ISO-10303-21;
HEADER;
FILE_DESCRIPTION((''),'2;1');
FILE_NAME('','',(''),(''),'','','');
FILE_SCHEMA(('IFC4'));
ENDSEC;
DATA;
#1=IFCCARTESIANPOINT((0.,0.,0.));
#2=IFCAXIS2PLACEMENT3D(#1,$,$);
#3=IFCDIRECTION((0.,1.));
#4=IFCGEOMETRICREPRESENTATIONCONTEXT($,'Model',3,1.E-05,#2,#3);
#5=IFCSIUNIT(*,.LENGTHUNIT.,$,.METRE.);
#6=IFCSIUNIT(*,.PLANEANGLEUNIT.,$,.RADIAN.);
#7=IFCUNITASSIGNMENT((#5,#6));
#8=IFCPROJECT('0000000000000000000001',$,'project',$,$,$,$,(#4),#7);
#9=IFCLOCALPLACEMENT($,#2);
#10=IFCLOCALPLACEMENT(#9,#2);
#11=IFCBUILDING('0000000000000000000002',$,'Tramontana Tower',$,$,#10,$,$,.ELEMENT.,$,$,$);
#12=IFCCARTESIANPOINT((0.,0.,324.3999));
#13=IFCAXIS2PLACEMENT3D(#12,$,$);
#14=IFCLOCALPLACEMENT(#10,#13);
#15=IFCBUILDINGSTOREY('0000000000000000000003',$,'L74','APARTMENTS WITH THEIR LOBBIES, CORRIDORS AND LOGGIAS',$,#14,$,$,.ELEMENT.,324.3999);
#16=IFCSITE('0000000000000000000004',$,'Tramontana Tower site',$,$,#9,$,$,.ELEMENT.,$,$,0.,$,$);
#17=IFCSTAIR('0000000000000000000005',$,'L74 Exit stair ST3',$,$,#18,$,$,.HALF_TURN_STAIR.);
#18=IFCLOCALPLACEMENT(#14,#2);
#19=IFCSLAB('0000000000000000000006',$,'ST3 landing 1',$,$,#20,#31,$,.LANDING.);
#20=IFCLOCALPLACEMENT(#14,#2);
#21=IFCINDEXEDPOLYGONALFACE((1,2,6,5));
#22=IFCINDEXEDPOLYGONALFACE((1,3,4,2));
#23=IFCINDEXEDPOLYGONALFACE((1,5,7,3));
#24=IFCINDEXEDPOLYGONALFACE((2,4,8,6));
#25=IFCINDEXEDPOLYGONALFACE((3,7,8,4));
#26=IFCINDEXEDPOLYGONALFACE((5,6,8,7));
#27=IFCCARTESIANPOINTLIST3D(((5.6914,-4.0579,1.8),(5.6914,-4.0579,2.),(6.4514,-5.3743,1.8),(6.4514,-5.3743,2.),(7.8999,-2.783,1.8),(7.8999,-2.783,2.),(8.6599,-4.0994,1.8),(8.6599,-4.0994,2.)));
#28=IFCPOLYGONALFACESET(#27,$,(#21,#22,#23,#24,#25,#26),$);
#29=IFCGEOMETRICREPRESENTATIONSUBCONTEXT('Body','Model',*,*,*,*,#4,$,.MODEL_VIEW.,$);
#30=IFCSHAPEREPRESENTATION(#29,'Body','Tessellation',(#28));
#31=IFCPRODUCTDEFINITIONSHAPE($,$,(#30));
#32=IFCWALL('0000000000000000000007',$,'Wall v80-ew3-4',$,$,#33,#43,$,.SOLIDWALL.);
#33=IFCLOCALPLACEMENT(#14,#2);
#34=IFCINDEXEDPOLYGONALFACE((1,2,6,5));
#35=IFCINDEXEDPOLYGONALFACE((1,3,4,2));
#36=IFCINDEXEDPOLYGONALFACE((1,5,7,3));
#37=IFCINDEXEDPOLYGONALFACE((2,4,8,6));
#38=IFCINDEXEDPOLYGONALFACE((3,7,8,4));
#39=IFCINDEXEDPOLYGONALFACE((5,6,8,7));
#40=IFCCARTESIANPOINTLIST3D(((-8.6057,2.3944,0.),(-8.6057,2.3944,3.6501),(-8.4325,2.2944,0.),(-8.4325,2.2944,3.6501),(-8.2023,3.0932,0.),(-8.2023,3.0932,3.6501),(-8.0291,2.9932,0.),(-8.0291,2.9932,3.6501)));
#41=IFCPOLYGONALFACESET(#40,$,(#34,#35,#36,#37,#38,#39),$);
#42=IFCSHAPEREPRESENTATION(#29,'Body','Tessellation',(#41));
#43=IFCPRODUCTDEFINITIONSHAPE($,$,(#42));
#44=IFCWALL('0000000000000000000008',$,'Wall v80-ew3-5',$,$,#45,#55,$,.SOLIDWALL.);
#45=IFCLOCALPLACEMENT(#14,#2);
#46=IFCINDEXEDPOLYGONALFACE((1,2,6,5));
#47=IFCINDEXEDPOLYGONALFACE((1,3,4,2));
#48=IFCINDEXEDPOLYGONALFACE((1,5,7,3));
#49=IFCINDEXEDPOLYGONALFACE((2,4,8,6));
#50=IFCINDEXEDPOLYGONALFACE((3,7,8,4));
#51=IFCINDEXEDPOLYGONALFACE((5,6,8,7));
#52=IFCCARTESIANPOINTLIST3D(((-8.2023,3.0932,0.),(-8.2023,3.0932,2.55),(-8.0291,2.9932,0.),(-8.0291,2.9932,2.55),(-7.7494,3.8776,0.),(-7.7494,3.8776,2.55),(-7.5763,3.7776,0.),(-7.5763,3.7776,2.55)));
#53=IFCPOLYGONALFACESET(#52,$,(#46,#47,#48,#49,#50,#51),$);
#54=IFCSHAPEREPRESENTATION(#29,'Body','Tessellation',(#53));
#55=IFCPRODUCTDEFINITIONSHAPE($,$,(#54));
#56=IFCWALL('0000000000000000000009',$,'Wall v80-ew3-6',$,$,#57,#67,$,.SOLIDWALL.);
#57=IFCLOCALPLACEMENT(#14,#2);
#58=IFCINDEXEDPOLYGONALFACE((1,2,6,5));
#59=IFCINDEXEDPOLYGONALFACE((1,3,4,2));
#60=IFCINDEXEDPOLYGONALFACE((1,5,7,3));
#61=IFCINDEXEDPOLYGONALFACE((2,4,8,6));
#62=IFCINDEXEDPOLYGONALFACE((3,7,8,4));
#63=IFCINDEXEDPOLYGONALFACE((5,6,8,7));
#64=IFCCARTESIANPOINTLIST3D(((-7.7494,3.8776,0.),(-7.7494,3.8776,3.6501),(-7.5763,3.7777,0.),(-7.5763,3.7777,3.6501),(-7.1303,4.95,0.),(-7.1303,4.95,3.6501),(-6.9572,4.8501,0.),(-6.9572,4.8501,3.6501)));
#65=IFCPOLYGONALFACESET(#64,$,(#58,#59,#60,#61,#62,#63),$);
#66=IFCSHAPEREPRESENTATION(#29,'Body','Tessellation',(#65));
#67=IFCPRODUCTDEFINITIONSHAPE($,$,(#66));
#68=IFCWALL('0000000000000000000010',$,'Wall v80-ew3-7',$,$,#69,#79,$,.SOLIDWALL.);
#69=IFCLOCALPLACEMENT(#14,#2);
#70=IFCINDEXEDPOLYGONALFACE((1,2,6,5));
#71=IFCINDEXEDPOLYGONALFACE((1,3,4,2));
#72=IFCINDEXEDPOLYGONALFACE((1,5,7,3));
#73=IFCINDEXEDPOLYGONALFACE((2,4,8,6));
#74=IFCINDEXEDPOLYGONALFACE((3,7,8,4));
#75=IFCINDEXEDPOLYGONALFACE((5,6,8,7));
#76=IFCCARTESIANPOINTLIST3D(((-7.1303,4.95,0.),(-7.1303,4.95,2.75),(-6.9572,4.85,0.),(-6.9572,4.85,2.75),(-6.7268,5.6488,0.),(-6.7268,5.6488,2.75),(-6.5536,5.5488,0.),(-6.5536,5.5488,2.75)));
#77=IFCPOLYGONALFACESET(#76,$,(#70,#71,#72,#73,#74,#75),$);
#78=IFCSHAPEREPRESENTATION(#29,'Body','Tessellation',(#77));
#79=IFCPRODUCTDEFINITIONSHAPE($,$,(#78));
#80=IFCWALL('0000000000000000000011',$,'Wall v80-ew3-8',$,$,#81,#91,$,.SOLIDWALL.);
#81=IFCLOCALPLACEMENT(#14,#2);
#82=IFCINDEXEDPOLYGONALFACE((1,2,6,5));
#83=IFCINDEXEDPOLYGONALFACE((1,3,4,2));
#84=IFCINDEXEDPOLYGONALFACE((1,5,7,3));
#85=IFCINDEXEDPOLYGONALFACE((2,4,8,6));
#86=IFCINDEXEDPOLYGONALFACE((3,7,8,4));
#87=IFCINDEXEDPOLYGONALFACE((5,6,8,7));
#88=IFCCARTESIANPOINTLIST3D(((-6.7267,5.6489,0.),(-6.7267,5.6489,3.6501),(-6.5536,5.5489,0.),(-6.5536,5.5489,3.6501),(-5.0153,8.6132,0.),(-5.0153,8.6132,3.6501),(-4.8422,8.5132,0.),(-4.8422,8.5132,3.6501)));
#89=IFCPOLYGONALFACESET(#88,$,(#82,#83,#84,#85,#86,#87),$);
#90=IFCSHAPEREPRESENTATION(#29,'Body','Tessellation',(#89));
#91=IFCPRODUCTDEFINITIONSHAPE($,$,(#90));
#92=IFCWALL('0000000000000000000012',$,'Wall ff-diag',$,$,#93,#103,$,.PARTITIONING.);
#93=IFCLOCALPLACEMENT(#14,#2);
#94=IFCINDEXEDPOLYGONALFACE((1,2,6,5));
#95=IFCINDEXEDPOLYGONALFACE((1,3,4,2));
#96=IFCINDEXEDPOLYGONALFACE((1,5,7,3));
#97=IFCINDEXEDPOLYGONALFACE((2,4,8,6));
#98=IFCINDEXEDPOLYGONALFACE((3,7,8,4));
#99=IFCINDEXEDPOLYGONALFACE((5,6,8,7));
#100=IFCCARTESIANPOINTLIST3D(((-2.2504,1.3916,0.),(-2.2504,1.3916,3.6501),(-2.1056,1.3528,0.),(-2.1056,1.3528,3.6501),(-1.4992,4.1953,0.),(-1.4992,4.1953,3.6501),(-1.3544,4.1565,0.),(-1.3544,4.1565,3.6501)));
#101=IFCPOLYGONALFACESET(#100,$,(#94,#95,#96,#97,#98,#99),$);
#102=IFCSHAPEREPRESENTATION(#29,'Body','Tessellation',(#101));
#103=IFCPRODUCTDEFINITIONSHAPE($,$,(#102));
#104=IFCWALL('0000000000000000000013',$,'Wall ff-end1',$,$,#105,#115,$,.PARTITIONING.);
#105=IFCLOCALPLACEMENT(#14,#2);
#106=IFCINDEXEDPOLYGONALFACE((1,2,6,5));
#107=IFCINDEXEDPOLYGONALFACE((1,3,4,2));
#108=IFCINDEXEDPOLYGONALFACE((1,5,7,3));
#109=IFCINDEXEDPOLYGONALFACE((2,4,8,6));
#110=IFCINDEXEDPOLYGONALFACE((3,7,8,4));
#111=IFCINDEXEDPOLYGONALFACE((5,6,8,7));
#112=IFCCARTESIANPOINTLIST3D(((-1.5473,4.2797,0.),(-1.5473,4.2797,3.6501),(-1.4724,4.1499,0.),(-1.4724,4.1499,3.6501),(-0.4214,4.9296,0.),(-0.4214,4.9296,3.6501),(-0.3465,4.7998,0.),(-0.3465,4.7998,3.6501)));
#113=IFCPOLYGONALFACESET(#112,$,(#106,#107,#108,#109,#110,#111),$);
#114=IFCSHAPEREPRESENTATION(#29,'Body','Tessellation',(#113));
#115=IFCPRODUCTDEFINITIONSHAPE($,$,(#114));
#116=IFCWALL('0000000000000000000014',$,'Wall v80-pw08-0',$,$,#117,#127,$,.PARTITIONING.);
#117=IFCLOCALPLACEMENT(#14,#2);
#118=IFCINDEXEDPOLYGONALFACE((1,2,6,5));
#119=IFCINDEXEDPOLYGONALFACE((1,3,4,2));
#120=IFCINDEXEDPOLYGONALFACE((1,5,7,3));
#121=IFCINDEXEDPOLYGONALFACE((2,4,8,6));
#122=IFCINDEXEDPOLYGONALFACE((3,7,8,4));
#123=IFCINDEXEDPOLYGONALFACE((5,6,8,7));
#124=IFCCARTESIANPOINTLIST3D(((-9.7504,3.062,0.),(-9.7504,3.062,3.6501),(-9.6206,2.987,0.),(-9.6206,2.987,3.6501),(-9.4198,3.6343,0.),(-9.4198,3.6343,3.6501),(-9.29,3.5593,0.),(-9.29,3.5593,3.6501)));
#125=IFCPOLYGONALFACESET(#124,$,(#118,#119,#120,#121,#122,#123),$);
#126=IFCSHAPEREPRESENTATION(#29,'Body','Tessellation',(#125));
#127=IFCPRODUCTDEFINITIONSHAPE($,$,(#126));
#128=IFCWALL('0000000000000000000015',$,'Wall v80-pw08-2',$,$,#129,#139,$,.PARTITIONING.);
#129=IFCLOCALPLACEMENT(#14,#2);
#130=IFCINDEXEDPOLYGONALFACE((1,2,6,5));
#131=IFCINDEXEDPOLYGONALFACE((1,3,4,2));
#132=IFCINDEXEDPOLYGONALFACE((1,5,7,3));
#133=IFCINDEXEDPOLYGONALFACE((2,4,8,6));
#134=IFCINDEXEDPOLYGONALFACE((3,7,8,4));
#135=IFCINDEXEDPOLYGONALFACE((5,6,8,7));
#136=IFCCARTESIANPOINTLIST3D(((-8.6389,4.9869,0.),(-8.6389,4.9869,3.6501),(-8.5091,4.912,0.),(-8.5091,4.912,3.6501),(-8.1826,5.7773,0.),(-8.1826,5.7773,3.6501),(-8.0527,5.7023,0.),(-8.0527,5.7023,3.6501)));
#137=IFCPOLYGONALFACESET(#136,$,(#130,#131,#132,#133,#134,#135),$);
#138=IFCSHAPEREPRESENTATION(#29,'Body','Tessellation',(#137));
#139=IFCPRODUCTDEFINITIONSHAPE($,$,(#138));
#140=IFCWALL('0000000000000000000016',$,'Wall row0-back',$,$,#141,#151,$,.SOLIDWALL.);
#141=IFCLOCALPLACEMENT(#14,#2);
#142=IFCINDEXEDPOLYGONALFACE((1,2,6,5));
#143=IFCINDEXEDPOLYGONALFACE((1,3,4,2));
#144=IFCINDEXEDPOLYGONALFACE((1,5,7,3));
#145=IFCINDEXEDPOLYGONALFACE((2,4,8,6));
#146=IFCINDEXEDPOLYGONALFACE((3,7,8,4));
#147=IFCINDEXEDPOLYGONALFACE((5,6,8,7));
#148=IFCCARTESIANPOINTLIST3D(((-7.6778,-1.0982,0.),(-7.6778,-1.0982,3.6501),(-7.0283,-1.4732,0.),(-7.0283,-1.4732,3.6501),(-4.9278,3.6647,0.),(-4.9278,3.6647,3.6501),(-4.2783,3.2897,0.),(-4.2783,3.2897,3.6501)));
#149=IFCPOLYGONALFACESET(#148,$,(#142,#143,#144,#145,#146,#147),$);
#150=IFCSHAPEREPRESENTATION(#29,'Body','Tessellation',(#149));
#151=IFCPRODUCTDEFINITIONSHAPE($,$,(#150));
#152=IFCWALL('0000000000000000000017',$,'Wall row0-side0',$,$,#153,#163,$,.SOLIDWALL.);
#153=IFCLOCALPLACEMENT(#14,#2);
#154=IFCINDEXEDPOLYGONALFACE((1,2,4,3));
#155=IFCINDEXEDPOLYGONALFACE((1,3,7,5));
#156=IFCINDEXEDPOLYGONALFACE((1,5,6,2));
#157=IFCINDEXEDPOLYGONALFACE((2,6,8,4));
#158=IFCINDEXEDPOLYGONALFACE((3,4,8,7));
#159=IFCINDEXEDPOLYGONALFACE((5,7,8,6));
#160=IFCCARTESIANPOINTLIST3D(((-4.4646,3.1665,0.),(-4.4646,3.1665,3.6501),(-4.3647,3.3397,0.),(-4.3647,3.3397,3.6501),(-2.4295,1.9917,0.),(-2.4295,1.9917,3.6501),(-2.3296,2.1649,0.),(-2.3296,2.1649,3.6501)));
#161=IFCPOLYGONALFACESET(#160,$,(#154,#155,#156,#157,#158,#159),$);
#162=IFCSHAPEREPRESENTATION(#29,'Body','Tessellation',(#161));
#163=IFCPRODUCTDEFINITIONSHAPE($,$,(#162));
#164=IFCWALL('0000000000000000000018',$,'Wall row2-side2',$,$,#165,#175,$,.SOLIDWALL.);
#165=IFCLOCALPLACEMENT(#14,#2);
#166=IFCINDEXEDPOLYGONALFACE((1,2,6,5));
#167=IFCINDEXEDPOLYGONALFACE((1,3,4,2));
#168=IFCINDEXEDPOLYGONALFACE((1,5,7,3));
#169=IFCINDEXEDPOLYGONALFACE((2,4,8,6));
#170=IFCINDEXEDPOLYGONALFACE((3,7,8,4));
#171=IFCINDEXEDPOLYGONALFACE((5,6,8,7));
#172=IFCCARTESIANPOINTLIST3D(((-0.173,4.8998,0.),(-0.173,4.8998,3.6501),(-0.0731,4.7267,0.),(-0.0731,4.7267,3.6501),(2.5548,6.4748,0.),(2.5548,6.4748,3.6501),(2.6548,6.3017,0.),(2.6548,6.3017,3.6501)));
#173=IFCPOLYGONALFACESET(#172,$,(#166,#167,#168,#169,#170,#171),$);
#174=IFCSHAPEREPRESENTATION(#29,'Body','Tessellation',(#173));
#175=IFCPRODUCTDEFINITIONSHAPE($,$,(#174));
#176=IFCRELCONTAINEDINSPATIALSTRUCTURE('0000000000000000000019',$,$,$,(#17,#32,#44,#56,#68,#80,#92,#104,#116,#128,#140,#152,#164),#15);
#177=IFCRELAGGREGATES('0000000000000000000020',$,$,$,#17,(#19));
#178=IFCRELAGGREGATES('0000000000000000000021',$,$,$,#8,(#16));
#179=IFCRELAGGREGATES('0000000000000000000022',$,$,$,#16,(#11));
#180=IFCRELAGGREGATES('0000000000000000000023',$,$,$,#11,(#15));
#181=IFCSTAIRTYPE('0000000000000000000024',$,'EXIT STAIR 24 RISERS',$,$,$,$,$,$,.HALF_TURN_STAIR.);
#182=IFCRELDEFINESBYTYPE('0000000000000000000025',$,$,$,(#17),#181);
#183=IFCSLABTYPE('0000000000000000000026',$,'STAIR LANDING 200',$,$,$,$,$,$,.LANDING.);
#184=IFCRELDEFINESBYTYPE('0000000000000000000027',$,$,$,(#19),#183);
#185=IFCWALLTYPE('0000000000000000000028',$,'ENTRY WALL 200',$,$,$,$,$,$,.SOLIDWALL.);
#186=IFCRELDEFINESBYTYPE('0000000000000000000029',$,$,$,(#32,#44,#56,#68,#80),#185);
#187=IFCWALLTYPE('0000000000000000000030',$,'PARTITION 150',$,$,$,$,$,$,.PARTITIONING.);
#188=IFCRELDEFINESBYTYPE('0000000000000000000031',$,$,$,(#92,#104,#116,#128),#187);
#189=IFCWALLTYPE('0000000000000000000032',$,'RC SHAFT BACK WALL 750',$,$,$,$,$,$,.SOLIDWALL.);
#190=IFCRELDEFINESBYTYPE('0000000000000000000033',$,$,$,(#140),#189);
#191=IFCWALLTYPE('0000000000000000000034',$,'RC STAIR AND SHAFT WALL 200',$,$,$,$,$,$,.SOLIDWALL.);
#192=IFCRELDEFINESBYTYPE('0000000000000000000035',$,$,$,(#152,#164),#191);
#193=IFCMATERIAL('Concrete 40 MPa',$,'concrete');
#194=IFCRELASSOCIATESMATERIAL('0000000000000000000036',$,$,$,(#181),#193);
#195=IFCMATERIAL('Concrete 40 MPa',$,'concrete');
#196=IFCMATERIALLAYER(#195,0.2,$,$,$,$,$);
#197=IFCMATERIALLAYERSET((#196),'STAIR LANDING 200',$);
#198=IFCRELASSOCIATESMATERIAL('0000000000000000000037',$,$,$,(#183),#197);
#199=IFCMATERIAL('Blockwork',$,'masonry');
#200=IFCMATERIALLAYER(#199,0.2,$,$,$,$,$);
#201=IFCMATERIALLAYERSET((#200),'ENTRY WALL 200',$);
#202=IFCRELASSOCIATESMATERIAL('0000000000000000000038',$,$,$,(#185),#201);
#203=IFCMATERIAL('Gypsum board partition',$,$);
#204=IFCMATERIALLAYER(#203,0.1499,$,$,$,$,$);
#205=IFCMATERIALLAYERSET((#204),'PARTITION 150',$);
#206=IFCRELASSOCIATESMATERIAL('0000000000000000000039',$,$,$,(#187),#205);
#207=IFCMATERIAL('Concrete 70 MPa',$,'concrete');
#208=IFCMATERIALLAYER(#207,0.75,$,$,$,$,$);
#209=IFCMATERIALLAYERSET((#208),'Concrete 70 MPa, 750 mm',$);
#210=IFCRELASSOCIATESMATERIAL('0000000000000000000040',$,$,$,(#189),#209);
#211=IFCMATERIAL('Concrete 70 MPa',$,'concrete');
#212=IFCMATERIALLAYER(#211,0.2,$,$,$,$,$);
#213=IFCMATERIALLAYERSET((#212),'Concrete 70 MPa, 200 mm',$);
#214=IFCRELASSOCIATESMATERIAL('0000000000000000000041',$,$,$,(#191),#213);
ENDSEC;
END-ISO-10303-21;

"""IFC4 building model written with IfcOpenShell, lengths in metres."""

from ifc_helpers import new_model, si_unit, direction, frame, frame_2d, origin, place, context, subcontext, project, spatial, polyline, rectangle, outline, extrude, material, layer, layer_set, type_object, element, aggregate, save


model = new_model("IFC4")

# Units and contexts
model_context = context("Model", 3, precision=1e-05, world=origin(), true_north=direction((0.0, 1.0)))
body_context = subcontext(model_context, "Body", "Model", "MODEL_VIEW")
ifc_project = project(units=[si_unit("LENGTHUNIT", "METRE"), si_unit("PLANEANGLEUNIT", "RADIAN")], contexts=[model_context])

# Site, building, storey
site_placement = place(None, origin())
site = spatial("IfcSite", under=ifc_project, at=site_placement, Name="Tramontana Tower site", CompositionType="ELEMENT", RefElevation=0.0)
building_placement = place(site_placement, origin())
building = spatial("IfcBuilding", under=site, at=building_placement, Name="Tramontana Tower", CompositionType="ELEMENT")
storey_placement = place(building_placement, frame((0.0, 0.0, 324.3999)))
storey = spatial("IfcBuildingStorey", under=building, at=storey_placement, Name="L74", Description="APARTMENTS WITH THEIR LOBBIES, CORRIDORS AND LOGGIAS", CompositionType="ELEMENT", Elevation=324.3999)

# Stair, slab
ifc_material_1 = material(Name="Concrete 40 MPa", Category="concrete")
stair_type = type_object("IfcStairType", Name="EXIT STAIR 24 RISERS", PredefinedType="HALF_TURN_STAIR", material=ifc_material_1)
stair_1_placement = place(storey_placement, origin())
stair_1 = element("IfcStair", 1, at=stair_1_placement, inside=storey, type_object=stair_type, Name="L74 Exit stair ST3", PredefinedType="HALF_TURN_STAIR")
ifc_material_2 = material(Name="Concrete 40 MPa", Category="concrete")
ifc_layer_1 = layer(ifc_material_2, 0.2)
ifc_layer_set_1 = layer_set([ifc_layer_1], Name="STAIR LANDING 200")
slab_type = type_object("IfcSlabType", Name="STAIR LANDING 200", PredefinedType="LANDING", material=ifc_layer_set_1)
slab_placement = place(storey_placement, frame((0.0, 0.0, 1.8)))
slab = element("IfcSlab", 2, at=slab_placement, type_object=slab_type, Name="ST3 landing 1", PredefinedType="LANDING", context=body_context, shape_type="SweptSolid", body=[
    extrude(outline(polyline([(5.6914, -4.0579), (6.4514, -5.3743), (8.6599, -4.0994), (7.8999, -2.783), (5.6914, -4.0579)])), origin(), (0.0, 0.0, 1.0), 0.2),
])
aggregate(stair_1, [slab])

# Shared definitions
ifc_material_3 = material(Name="Blockwork", Category="masonry")
ifc_layer_2 = layer(ifc_material_3, 0.2)
ifc_layer_set_2 = layer_set([ifc_layer_2], Name="ENTRY WALL 200")
wall_type_1 = type_object("IfcWallType", Name="ENTRY WALL 200", PredefinedType="SOLIDWALL", material=ifc_layer_set_2)

# Walls
wall_1_placement = place(storey_placement, frame((-8.519, 2.3445, 0.0), z_axis=(0.0, 0.0, 1.0), x_axis=(0.499915, 0.866075, 0.0)))
element("IfcWall", 3, at=wall_1_placement, inside=storey, type_object=wall_type_1, Name="Wall v80-ew3-4", PredefinedType="SOLIDWALL", context=body_context, shape_type="SweptSolid", body=[
    extrude(rectangle(XDim=0.8069, YDim=0.2, at=frame_2d((0.4033, 0.0))), origin(), (0.0, 0.0, 1.0), 3.6501),
])
wall_2_placement = place(storey_placement, frame((-8.1157, 3.0432, 0.0), z_axis=(0.0, 0.0, 1.0), x_axis=(0.499995, 0.866028, 0.0)))
element("IfcWall", 4, at=wall_2_placement, inside=storey, type_object=wall_type_1, Name="Wall v80-ew3-5", PredefinedType="SOLIDWALL", context=body_context, shape_type="SweptSolid", body=[
    extrude(rectangle(XDim=0.9058, YDim=0.2, at=frame_2d((0.4529, 0.0))), origin(), (0.0, 0.0, 1.0), 2.55),
])
wall_3_placement = place(storey_placement, frame((-7.6628, 3.8276, 0.0), z_axis=(0.0, 0.0, 1.0), x_axis=(0.499956, 0.866051, 0.0)))
element("IfcWall", 5, at=wall_3_placement, inside=storey, type_object=wall_type_1, Name="Wall v80-ew3-6", PredefinedType="SOLIDWALL", context=body_context, shape_type="SweptSolid", body=[
    extrude(rectangle(XDim=1.2383, YDim=0.2, at=frame_2d((0.6191, 0.0))), origin(), (0.0, 0.0, 1.0), 3.6501),
])
wall_4_placement = place(storey_placement, frame((-7.0437, 4.9001, 0.0), z_axis=(0.0, 0.0, 1.0), x_axis=(0.500141, 0.865944, 0.0)))
element("IfcWall", 6, at=wall_4_placement, inside=storey, type_object=wall_type_1, Name="Wall v80-ew3-7", PredefinedType="SOLIDWALL", context=body_context, shape_type="SweptSolid", body=[
    extrude(rectangle(XDim=0.8069, YDim=0.2, at=frame_2d((0.4033, 0.0))), origin(), (0.0, 0.0, 1.0), 2.75),
])
wall_5_placement = place(storey_placement, frame((-6.6401, 5.5989, 0.0), z_axis=(0.0, 0.0, 1.0), x_axis=(0.49999, 0.866031, 0.0)))
element("IfcWall", 7, at=wall_5_placement, inside=storey, type_object=wall_type_1, Name="Wall v80-ew3-8", PredefinedType="SOLIDWALL", context=body_context, shape_type="SweptSolid", body=[
    extrude(rectangle(XDim=3.4229, YDim=0.2, at=frame_2d((1.7114, 0.0))), origin(), (0.0, 0.0, 1.0), 3.6501),
])
ifc_material_4 = material(Name="Gypsum board partition")
ifc_layer_3 = layer(ifc_material_4, 0.1499)
ifc_layer_set_3 = layer_set([ifc_layer_3], Name="PARTITION 150")
wall_type_2 = type_object("IfcWallType", Name="PARTITION 150", PredefinedType="PARTITIONING", material=ifc_layer_set_3)
wall_6_placement = place(storey_placement, frame((-2.178, 1.3723, 0.0), z_axis=(0.0, 0.0, 1.0), x_axis=(0.258809, 0.965929, 0.0)))
element("IfcWall", 8, at=wall_6_placement, inside=storey, type_object=wall_type_2, Name="Wall ff-diag", PredefinedType="PARTITIONING", context=body_context, shape_type="SweptSolid", body=[
    extrude(rectangle(XDim=2.9026, YDim=0.1499, at=frame_2d((1.4512, 0.0))), origin(), (0.0, 0.0, 1.0), 3.6501),
])
wall_7_placement = place(storey_placement, frame((-1.5098, 4.2148, 0.0), z_axis=(0.0, 0.0, 1.0), x_axis=(0.866086, 0.499896, 0.0)))
element("IfcWall", 9, at=wall_7_placement, inside=storey, type_object=wall_type_2, Name="Wall ff-end1", PredefinedType="PARTITIONING", context=body_context, shape_type="SweptSolid", body=[
    extrude(rectangle(XDim=1.3, YDim=0.1499, at=frame_2d((0.6499, 0.0))), origin(), (0.0, 0.0, 1.0), 3.6501),
])
wall_8_placement = place(storey_placement, frame((-9.6855, 3.0244, 0.0), z_axis=(0.0, 0.0, 1.0), x_axis=(0.500191, 0.865915, 0.0)))
element("IfcWall", 10, at=wall_8_placement, inside=storey, type_object=wall_type_2, Name="Wall v80-pw08-0", PredefinedType="PARTITIONING", context=body_context, shape_type="SweptSolid", body=[
    extrude(rectangle(XDim=0.6609, YDim=0.1499, at=frame_2d((0.3306, 0.0))), origin(), (0.0, 0.0, 1.0), 3.6501),
])

# Walls
wall_9_placement = place(storey_placement, frame((-8.574, 4.9495, 0.0), z_axis=(0.0, 0.0, 1.0), x_axis=(0.500024, 0.866012, 0.0)))
element("IfcWall", 11, at=wall_9_placement, inside=storey, type_object=wall_type_2, Name="Wall v80-pw08-2", PredefinedType="PARTITIONING", context=body_context, shape_type="SweptSolid", body=[
    extrude(rectangle(XDim=0.9126, YDim=0.1499, at=frame_2d((0.4563, 0.0))), origin(), (0.0, 0.0, 1.0), 3.6501),
])
ifc_material_5 = material(Name="Concrete 70 MPa", Category="concrete")
ifc_layer_4 = layer(ifc_material_5, 0.75)
ifc_layer_set_4 = layer_set([ifc_layer_4], Name="Concrete 70 MPa, 750 mm")
wall_type_3 = type_object("IfcWallType", Name="RC SHAFT BACK WALL 750", PredefinedType="SOLIDWALL", material=ifc_layer_set_4)
wall_10_placement = place(storey_placement, frame((-4.603, 3.4773, 0.0), z_axis=(0.0, 0.0, 1.0), x_axis=(-0.500016, -0.866016, 0.0)))
element("IfcWall", 12, at=wall_10_placement, inside=storey, type_object=wall_type_3, Name="Wall row0-back", PredefinedType="SOLIDWALL", context=body_context, shape_type="SweptSolid", body=[
    extrude(rectangle(XDim=5.4998, YDim=0.75, at=frame_2d((2.75, 0.0))), origin(), (0.0, 0.0, 1.0), 3.6501),
])

# Shared definitions
ifc_material_6 = material(Name="Concrete 70 MPa", Category="concrete")
ifc_layer_5 = layer(ifc_material_6, 0.2)
ifc_layer_set_5 = layer_set([ifc_layer_5], Name="Concrete 70 MPa, 200 mm")
wall_type_4 = type_object("IfcWallType", Name="RC STAIR AND SHAFT WALL 200", PredefinedType="SOLIDWALL", material=ifc_layer_set_5)

# Walls
wall_11_placement = place(storey_placement, frame((-2.3796, 2.0784, 0.0), z_axis=(0.0, 0.0, 1.0), x_axis=(-0.866061, 0.499938, 0.0)))
element("IfcWall", 13, at=wall_11_placement, inside=storey, type_object=wall_type_4, Name="Wall row0-side0", PredefinedType="SOLIDWALL", context=body_context, shape_type="SweptSolid", body=[
    extrude(rectangle(XDim=2.3499, YDim=0.2, at=frame_2d((1.1748, 0.0))), origin(), (0.0, 0.0, 1.0), 3.6501),
])
wall_12_placement = place(storey_placement, frame((-0.123, 4.8132, 0.0), z_axis=(0.0, 0.0, 1.0), x_axis=(0.866016, 0.500015, 0.0)))
element("IfcWall", 14, at=wall_12_placement, inside=storey, type_object=wall_type_4, Name="Wall row2-side2", PredefinedType="SOLIDWALL", context=body_context, shape_type="SweptSolid", body=[
    extrude(rectangle(XDim=3.1499, YDim=0.2, at=frame_2d((1.575, 0.0))), origin(), (0.0, 0.0, 1.0), 3.6501),
])

save(model, "model.ifc")
